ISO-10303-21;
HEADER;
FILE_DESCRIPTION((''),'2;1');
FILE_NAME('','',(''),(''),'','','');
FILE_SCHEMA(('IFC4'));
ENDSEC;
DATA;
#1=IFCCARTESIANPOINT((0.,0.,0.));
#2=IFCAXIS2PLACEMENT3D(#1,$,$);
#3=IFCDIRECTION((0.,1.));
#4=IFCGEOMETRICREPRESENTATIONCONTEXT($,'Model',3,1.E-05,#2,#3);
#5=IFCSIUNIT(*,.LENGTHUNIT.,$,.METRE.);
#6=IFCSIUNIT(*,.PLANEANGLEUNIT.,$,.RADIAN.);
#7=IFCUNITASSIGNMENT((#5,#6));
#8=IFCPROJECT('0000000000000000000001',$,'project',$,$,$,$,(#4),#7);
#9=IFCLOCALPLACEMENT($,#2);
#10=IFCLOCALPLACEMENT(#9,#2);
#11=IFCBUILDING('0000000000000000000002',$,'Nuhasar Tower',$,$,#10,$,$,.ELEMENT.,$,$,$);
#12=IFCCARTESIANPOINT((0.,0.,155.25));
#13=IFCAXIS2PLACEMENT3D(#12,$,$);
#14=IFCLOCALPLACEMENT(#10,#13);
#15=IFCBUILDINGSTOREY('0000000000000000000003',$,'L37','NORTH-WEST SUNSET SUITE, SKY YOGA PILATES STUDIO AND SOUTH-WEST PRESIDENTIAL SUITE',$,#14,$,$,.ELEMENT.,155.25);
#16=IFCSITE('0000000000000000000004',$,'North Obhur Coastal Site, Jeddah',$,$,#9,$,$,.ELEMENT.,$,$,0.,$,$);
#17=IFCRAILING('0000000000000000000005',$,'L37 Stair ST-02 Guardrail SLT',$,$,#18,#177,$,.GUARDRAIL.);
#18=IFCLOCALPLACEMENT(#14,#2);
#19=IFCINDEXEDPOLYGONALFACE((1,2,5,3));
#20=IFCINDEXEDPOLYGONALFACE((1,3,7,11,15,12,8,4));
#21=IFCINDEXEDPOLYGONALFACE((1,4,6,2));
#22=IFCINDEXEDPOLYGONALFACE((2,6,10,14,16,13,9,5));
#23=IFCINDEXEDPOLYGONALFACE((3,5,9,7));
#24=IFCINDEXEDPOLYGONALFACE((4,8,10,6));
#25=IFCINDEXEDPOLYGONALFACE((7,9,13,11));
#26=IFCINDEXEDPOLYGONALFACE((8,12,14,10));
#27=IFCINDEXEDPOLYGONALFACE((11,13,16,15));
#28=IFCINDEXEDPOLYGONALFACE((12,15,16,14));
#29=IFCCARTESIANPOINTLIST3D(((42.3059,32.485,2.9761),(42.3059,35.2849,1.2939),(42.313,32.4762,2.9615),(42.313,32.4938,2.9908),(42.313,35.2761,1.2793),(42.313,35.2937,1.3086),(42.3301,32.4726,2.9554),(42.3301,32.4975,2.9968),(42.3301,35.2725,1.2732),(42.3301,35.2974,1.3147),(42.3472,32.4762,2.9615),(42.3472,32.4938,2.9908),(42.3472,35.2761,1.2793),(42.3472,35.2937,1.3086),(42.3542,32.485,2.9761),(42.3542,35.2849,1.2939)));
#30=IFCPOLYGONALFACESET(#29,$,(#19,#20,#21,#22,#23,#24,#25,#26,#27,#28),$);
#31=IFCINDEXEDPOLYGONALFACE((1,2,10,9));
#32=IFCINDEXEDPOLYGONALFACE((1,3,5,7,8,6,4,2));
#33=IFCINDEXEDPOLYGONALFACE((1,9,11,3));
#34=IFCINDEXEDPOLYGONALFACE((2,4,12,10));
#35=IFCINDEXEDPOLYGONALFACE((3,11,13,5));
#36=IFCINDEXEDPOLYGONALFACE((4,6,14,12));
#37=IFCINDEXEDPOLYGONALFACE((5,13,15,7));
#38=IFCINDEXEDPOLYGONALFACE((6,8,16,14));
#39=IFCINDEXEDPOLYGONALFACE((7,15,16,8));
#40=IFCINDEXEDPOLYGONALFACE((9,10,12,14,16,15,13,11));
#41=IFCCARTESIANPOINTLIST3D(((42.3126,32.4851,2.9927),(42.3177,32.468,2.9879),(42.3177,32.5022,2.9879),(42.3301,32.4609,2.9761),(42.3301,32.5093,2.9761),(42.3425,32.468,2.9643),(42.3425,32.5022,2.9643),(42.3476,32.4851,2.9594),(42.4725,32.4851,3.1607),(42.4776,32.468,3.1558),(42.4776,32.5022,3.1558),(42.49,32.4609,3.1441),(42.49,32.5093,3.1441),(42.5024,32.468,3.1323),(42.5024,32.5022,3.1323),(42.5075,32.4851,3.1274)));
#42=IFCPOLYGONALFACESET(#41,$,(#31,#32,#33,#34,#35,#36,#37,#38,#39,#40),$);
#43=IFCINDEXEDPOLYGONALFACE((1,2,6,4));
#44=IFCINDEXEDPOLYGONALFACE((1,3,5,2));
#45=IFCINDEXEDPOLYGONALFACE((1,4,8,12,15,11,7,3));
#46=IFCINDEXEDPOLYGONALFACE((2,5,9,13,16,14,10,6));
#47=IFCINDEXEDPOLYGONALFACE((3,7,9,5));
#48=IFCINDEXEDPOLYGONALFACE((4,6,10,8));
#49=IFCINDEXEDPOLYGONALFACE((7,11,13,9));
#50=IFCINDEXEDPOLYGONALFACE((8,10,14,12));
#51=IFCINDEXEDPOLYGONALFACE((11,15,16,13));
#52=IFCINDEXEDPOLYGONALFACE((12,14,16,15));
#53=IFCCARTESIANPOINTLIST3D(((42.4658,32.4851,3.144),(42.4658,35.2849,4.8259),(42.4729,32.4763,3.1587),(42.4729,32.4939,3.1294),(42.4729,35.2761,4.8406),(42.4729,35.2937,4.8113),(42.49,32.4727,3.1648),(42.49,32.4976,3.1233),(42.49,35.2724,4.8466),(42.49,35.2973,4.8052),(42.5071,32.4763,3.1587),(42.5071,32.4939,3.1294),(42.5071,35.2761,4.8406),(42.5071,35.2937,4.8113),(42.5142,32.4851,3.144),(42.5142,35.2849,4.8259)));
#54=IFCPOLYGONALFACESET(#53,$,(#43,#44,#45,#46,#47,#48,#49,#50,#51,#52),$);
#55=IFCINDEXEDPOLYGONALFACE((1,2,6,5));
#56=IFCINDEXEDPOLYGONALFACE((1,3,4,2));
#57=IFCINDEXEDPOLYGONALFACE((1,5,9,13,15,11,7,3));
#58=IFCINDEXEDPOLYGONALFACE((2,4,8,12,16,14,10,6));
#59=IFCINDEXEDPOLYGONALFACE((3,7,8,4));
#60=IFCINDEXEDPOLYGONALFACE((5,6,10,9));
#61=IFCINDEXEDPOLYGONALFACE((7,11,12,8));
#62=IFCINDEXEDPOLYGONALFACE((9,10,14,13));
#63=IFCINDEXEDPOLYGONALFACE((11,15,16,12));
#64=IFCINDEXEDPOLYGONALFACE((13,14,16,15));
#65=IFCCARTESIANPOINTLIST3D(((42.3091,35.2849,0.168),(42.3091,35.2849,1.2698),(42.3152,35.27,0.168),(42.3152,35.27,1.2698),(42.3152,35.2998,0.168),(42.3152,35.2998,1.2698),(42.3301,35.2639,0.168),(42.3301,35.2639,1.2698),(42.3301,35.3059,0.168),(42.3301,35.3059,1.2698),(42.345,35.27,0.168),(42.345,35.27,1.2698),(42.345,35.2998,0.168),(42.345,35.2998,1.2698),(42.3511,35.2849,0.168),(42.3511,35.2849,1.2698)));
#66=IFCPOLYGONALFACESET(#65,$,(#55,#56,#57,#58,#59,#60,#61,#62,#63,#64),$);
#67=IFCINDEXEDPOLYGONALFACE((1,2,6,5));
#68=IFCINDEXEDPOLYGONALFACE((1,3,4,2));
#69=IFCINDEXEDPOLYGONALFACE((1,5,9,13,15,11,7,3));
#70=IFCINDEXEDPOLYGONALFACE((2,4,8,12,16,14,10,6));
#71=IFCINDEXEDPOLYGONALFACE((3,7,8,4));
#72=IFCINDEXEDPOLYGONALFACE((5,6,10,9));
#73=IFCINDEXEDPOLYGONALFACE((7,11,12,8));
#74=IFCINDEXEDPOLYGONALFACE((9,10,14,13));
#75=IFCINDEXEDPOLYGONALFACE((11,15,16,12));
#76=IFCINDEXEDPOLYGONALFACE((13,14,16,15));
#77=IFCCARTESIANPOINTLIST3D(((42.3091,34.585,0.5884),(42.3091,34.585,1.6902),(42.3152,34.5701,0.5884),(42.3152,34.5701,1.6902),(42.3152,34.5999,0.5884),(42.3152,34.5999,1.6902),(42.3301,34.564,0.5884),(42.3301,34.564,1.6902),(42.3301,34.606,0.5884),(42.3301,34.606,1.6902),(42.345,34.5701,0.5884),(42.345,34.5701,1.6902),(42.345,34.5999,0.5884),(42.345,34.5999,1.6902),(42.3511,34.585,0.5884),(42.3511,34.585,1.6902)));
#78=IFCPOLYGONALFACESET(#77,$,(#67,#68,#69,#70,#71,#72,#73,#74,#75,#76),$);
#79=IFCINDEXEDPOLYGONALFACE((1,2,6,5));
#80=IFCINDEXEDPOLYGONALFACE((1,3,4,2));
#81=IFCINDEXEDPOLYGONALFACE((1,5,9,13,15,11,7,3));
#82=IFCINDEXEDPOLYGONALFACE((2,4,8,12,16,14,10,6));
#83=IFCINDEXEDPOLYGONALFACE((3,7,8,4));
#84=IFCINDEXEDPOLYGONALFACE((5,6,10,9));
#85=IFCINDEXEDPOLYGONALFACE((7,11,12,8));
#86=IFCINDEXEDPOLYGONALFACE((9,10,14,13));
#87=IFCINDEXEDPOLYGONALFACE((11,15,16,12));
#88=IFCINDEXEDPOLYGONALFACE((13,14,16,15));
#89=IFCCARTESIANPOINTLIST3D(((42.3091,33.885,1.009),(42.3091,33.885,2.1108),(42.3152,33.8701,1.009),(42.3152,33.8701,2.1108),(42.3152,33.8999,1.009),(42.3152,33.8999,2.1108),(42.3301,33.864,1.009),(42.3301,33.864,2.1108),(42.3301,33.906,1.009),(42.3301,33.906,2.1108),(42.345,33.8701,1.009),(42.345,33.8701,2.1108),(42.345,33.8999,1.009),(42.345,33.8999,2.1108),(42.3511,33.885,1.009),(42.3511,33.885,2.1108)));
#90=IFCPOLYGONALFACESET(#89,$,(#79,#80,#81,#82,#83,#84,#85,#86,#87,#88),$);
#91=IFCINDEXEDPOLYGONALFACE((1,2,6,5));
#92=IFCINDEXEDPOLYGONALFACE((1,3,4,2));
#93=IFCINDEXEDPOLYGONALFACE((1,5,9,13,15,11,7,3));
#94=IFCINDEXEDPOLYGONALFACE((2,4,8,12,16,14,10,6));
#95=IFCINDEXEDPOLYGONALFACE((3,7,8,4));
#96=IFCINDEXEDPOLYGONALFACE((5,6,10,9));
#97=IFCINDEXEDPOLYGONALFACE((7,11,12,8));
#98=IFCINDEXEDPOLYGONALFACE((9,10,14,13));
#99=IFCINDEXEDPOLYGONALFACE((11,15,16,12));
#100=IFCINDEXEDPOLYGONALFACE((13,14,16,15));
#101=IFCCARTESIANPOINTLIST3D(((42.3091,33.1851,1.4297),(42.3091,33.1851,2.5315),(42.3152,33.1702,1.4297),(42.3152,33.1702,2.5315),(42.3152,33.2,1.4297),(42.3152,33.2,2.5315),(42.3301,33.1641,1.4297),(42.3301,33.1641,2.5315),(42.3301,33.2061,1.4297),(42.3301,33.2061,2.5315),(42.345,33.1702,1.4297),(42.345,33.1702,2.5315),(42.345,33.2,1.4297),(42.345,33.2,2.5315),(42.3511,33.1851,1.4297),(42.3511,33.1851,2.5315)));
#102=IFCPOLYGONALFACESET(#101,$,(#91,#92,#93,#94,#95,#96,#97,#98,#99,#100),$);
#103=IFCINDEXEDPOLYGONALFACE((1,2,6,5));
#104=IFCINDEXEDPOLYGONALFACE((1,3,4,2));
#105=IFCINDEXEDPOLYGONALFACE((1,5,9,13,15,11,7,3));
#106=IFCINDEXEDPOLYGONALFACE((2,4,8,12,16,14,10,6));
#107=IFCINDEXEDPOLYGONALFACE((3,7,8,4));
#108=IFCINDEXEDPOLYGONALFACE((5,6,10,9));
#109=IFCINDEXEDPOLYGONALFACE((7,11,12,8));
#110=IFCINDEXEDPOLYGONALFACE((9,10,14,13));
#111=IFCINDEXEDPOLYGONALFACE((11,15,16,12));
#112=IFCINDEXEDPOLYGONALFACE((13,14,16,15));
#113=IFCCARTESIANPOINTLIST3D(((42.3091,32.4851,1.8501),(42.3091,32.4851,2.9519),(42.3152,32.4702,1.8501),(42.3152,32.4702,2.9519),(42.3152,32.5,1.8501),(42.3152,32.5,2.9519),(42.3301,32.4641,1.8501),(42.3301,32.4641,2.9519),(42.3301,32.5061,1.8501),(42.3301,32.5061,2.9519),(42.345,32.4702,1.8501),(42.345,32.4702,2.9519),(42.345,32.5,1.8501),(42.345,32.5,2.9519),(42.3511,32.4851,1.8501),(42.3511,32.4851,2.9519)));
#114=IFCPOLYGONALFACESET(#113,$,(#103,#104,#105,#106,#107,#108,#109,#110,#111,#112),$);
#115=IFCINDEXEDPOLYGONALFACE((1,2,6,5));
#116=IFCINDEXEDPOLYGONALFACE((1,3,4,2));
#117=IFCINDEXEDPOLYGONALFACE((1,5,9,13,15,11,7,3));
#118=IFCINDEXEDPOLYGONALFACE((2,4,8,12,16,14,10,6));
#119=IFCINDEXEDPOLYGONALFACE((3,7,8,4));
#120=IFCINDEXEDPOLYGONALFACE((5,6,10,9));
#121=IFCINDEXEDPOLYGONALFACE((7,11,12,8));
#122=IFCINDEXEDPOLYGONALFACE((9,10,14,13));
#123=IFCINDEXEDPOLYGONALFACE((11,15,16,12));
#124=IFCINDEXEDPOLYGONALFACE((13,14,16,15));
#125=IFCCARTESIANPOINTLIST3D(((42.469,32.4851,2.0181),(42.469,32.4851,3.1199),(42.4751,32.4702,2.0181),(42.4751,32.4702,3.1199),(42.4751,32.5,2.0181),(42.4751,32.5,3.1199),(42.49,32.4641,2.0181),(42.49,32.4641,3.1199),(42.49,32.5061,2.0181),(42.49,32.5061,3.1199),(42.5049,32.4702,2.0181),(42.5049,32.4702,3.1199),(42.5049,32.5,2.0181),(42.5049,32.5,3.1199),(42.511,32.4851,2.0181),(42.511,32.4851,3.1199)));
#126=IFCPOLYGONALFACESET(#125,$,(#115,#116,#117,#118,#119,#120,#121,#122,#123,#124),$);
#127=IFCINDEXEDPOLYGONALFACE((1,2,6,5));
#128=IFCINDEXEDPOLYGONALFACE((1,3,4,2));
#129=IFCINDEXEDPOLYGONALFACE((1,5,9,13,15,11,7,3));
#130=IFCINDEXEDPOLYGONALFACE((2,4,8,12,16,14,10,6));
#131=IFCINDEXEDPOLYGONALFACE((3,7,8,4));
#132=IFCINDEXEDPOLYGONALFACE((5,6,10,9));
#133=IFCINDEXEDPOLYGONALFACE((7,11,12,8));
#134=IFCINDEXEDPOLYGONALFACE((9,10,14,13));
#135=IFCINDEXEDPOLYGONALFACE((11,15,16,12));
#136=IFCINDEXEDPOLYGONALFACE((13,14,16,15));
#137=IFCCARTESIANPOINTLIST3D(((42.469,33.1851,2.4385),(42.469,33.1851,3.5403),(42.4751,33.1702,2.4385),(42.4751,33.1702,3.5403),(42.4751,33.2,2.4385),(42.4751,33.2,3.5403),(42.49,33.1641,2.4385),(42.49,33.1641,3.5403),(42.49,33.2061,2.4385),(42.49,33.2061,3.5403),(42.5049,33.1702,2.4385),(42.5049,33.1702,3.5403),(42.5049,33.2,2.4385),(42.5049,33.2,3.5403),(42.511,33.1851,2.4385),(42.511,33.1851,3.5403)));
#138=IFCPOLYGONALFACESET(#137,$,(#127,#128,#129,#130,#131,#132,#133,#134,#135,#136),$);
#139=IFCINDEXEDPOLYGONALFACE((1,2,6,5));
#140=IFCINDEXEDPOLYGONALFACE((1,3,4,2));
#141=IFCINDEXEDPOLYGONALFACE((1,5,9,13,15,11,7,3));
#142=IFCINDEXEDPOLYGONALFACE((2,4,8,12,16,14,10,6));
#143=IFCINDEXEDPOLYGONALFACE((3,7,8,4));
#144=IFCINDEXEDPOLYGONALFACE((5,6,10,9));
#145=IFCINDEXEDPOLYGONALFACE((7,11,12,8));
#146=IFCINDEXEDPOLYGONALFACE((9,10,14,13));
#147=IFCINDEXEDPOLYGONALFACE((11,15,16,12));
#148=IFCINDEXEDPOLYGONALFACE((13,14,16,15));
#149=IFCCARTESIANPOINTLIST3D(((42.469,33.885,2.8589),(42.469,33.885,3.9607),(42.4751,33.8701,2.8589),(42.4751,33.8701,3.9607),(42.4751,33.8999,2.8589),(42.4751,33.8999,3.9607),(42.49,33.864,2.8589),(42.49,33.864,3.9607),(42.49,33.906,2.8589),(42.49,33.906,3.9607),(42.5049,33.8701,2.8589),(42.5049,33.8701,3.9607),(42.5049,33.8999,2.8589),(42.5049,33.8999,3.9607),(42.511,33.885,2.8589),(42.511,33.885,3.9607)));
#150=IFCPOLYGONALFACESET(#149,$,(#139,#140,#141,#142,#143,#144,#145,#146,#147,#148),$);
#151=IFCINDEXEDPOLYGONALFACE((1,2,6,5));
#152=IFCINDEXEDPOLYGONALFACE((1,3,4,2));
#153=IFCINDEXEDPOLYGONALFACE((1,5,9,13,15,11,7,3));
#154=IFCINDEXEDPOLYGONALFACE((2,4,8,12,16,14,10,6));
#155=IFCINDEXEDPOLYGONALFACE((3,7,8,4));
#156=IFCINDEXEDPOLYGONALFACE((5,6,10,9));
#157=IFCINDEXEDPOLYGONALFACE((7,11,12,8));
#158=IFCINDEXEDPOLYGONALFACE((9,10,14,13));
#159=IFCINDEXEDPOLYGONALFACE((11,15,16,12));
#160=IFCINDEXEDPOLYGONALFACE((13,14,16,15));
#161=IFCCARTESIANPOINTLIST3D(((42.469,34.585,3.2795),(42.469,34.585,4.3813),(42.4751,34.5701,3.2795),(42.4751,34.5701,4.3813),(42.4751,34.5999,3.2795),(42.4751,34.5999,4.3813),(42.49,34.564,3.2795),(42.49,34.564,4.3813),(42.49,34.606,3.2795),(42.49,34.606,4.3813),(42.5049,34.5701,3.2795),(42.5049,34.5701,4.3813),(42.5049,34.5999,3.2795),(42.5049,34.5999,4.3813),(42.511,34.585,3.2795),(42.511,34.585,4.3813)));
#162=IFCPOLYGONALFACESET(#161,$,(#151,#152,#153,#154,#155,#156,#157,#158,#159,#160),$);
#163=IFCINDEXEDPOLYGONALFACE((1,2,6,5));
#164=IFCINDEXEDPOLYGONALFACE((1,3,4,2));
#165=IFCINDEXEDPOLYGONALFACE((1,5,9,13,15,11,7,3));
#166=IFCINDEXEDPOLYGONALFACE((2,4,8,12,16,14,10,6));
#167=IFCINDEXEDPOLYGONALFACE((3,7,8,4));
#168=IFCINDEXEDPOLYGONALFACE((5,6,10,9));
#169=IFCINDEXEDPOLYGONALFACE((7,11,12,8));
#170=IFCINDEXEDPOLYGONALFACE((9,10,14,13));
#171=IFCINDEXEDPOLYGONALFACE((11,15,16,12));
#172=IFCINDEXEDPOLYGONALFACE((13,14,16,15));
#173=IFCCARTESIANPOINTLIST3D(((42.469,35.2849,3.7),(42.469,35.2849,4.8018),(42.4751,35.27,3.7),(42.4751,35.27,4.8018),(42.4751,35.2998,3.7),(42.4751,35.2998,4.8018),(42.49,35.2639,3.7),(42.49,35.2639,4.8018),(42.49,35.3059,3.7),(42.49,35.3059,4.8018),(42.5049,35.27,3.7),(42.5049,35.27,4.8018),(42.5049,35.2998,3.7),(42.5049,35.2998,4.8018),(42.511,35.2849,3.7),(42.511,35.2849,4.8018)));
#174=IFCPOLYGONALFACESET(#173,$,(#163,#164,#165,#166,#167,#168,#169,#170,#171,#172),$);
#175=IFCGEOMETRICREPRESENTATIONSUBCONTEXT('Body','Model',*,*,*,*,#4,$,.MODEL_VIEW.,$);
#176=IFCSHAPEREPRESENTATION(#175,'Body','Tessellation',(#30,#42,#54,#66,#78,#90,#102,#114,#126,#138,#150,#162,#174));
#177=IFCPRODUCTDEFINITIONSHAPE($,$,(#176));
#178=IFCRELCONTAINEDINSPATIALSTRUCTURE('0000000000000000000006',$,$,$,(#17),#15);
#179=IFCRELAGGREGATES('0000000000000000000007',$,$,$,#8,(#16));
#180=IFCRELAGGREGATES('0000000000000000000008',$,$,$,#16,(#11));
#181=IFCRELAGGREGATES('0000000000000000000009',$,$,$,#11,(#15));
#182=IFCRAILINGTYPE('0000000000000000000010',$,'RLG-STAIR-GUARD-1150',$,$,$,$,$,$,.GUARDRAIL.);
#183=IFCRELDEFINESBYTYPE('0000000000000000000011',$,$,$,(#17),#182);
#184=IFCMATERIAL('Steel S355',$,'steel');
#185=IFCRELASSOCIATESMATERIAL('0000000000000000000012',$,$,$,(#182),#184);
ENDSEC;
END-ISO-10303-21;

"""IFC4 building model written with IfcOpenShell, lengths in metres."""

from ifc_helpers import new_model, si_unit, direction, frame, origin, place, context, subcontext, project, spatial, polyline, outline, extrude, material, type_object, element, save


model = new_model("IFC4")

# Units and contexts
model_context = context("Model", 3, precision=1e-05, world=origin(), true_north=direction((0.0, 1.0)))
body_context = subcontext(model_context, "Body", "Model", "MODEL_VIEW")
ifc_project = project(units=[si_unit("LENGTHUNIT", "METRE"), si_unit("PLANEANGLEUNIT", "RADIAN")], contexts=[model_context])

# Site, building, storey
site_placement = place(None, origin())
site = spatial("IfcSite", under=ifc_project, at=site_placement, Name="North Obhur Coastal Site, Jeddah", CompositionType="ELEMENT", RefElevation=0.0)
building_placement = place(site_placement, origin())
building = spatial("IfcBuilding", under=site, at=building_placement, Name="Nuhasar Tower", CompositionType="ELEMENT")
storey_placement = place(building_placement, frame((0.0, 0.0, 155.25)))
storey = spatial("IfcBuildingStorey", under=building, at=storey_placement, Name="L37", Description="NORTH-WEST SUNSET SUITE, SKY YOGA PILATES STUDIO AND SOUTH-WEST PRESIDENTIAL SUITE", CompositionType="ELEMENT", Elevation=155.25)

# Shared definitions
ifc_material_1 = material(Name="Steel S355", Category="steel")

# Railing
railing_type_1 = type_object("IfcRailingType", Name="RLG-STAIR-GUARD-1150", PredefinedType="GUARDRAIL", material=ifc_material_1)
railing_1_placement = place(storey_placement, frame((42.3301, 35.2849, 0.168)))
element("IfcRailing", 1, at=railing_1_placement, inside=storey, type_object=railing_type_1, Name="L37 Stair ST-02 Guardrail SLT", PredefinedType="GUARDRAIL", context=body_context, shape_type="SweptSolid", body=[
    extrude(outline(polyline([(0.0242, 0.0), (0.0171, 0.0171), (0.0, 0.0242), (-0.0171, 0.0171), (-0.0242, 0.0), (-0.0171, -0.0171), (0.0, -0.0242), (0.0171, -0.0171), (0.0242, 0.0)])), frame((0.0, 0.0, 1.126), z_axis=(0.0, -0.857189, 0.515001), x_axis=(1.0, 0.0, 0.0)), (0.0, 0.0, 1.0), 3.2664),
    extrude(outline(polyline([(0.0242, 0.0), (0.0171, 0.0171), (0.0, 0.0242), (-0.0171, 0.0171), (-0.0242, 0.0), (-0.0171, -0.0171), (0.0, -0.0242), (0.0171, -0.0171), (0.0242, 0.0)])), frame((0.0, -2.7998, 2.8081), z_axis=(0.689524, 0.0, 0.724263), x_axis=(0.0, 1.0, 0.0)), (0.0, 0.0, 1.0), 0.2319),
    extrude(outline(polyline([(0.0242, 0.0), (0.0171, 0.0171), (0.0, 0.0242), (-0.0171, 0.0171), (-0.0242, 0.0), (-0.0171, -0.0171), (0.0, -0.0242), (0.0171, -0.0171), (0.0242, 0.0)])), frame((0.1599, -2.7998, 2.9761), z_axis=(0.0, 0.857222, 0.514946), x_axis=(-1.0, 0.0, 0.0)), (0.0, 0.0, 1.0), 3.2661),
    extrude(outline(polyline([(0.021, 0.0), (0.0149, 0.0149), (0.0, 0.021), (-0.0149, 0.0149), (-0.021, 0.0), (-0.0149, -0.0149), (0.0, -0.021), (0.0149, -0.0149), (0.021, 0.0)])), origin(), (0.0, 0.0, 1.0), 1.1018),
    extrude(outline(polyline([(0.021, 0.0), (0.0149, 0.0149), (0.0, 0.021), (-0.0149, 0.0149), (-0.021, 0.0), (-0.0149, -0.0149), (0.0, -0.021), (0.0149, -0.0149), (0.021, 0.0)])), frame((0.0, -0.7, 0.4204)), (0.0, 0.0, 1.0), 1.1018),
    extrude(outline(polyline([(0.021, 0.0), (0.0149, 0.0149), (0.0, 0.021), (-0.0149, 0.0149), (-0.021, 0.0), (-0.0149, -0.0149), (0.0, -0.021), (0.0149, -0.0149), (0.021, 0.0)])), frame((0.0, -1.3999, 0.8411)), (0.0, 0.0, 1.0), 1.1018),
    extrude(outline(polyline([(0.021, 0.0), (0.0149, 0.0149), (0.0, 0.021), (-0.0149, 0.0149), (-0.021, 0.0), (-0.0149, -0.0149), (0.0, -0.021), (0.0149, -0.0149), (0.021, 0.0)])), frame((0.0, -2.0999, 1.2617)), (0.0, 0.0, 1.0), 1.1018),
    extrude(outline(polyline([(0.021, 0.0), (0.0149, 0.0149), (0.0, 0.021), (-0.0149, 0.0149), (-0.021, 0.0), (-0.0149, -0.0149), (0.0, -0.021), (0.0149, -0.0149), (0.021, 0.0)])), frame((0.0, -2.7998, 1.6821)), (0.0, 0.0, 1.0), 1.1018),
    extrude(outline(polyline([(0.021, 0.0), (0.0149, 0.0149), (0.0, 0.021), (-0.0149, 0.0149), (-0.021, 0.0), (-0.0149, -0.0149), (0.0, -0.021), (0.0149, -0.0149), (0.021, 0.0)])), frame((0.1599, -2.7998, 1.8501)), (0.0, 0.0, 1.0), 1.1018),
    extrude(outline(polyline([(0.021, 0.0), (0.0149, 0.0149), (0.0, 0.021), (-0.0149, 0.0149), (-0.021, 0.0), (-0.0149, -0.0149), (0.0, -0.021), (0.0149, -0.0149), (0.021, 0.0)])), frame((0.1599, -2.0999, 2.2705)), (0.0, 0.0, 1.0), 1.1018),
    extrude(outline(polyline([(0.021, 0.0), (0.0149, 0.0149), (0.0, 0.021), (-0.0149, 0.0149), (-0.021, 0.0), (-0.0149, -0.0149), (0.0, -0.021), (0.0149, -0.0149), (0.021, 0.0)])), frame((0.1599, -1.3999, 2.6909)), (0.0, 0.0, 1.0), 1.1018),
    extrude(outline(polyline([(0.021, 0.0), (0.0149, 0.0149), (0.0, 0.021), (-0.0149, 0.0149), (-0.021, 0.0), (-0.0149, -0.0149), (0.0, -0.021), (0.0149, -0.0149), (0.021, 0.0)])), frame((0.1599, -0.7, 3.1116)), (0.0, 0.0, 1.0), 1.1018),
    extrude(outline(polyline([(0.021, 0.0), (0.0149, 0.0149), (0.0, 0.021), (-0.0149, 0.0149), (-0.021, 0.0), (-0.0149, -0.0149), (0.0, -0.021), (0.0149, -0.0149), (0.021, 0.0)])), frame((0.1599, 0.0, 3.532)), (0.0, 0.0, 1.0), 1.1018),
])

save(model, "model.ifc")
